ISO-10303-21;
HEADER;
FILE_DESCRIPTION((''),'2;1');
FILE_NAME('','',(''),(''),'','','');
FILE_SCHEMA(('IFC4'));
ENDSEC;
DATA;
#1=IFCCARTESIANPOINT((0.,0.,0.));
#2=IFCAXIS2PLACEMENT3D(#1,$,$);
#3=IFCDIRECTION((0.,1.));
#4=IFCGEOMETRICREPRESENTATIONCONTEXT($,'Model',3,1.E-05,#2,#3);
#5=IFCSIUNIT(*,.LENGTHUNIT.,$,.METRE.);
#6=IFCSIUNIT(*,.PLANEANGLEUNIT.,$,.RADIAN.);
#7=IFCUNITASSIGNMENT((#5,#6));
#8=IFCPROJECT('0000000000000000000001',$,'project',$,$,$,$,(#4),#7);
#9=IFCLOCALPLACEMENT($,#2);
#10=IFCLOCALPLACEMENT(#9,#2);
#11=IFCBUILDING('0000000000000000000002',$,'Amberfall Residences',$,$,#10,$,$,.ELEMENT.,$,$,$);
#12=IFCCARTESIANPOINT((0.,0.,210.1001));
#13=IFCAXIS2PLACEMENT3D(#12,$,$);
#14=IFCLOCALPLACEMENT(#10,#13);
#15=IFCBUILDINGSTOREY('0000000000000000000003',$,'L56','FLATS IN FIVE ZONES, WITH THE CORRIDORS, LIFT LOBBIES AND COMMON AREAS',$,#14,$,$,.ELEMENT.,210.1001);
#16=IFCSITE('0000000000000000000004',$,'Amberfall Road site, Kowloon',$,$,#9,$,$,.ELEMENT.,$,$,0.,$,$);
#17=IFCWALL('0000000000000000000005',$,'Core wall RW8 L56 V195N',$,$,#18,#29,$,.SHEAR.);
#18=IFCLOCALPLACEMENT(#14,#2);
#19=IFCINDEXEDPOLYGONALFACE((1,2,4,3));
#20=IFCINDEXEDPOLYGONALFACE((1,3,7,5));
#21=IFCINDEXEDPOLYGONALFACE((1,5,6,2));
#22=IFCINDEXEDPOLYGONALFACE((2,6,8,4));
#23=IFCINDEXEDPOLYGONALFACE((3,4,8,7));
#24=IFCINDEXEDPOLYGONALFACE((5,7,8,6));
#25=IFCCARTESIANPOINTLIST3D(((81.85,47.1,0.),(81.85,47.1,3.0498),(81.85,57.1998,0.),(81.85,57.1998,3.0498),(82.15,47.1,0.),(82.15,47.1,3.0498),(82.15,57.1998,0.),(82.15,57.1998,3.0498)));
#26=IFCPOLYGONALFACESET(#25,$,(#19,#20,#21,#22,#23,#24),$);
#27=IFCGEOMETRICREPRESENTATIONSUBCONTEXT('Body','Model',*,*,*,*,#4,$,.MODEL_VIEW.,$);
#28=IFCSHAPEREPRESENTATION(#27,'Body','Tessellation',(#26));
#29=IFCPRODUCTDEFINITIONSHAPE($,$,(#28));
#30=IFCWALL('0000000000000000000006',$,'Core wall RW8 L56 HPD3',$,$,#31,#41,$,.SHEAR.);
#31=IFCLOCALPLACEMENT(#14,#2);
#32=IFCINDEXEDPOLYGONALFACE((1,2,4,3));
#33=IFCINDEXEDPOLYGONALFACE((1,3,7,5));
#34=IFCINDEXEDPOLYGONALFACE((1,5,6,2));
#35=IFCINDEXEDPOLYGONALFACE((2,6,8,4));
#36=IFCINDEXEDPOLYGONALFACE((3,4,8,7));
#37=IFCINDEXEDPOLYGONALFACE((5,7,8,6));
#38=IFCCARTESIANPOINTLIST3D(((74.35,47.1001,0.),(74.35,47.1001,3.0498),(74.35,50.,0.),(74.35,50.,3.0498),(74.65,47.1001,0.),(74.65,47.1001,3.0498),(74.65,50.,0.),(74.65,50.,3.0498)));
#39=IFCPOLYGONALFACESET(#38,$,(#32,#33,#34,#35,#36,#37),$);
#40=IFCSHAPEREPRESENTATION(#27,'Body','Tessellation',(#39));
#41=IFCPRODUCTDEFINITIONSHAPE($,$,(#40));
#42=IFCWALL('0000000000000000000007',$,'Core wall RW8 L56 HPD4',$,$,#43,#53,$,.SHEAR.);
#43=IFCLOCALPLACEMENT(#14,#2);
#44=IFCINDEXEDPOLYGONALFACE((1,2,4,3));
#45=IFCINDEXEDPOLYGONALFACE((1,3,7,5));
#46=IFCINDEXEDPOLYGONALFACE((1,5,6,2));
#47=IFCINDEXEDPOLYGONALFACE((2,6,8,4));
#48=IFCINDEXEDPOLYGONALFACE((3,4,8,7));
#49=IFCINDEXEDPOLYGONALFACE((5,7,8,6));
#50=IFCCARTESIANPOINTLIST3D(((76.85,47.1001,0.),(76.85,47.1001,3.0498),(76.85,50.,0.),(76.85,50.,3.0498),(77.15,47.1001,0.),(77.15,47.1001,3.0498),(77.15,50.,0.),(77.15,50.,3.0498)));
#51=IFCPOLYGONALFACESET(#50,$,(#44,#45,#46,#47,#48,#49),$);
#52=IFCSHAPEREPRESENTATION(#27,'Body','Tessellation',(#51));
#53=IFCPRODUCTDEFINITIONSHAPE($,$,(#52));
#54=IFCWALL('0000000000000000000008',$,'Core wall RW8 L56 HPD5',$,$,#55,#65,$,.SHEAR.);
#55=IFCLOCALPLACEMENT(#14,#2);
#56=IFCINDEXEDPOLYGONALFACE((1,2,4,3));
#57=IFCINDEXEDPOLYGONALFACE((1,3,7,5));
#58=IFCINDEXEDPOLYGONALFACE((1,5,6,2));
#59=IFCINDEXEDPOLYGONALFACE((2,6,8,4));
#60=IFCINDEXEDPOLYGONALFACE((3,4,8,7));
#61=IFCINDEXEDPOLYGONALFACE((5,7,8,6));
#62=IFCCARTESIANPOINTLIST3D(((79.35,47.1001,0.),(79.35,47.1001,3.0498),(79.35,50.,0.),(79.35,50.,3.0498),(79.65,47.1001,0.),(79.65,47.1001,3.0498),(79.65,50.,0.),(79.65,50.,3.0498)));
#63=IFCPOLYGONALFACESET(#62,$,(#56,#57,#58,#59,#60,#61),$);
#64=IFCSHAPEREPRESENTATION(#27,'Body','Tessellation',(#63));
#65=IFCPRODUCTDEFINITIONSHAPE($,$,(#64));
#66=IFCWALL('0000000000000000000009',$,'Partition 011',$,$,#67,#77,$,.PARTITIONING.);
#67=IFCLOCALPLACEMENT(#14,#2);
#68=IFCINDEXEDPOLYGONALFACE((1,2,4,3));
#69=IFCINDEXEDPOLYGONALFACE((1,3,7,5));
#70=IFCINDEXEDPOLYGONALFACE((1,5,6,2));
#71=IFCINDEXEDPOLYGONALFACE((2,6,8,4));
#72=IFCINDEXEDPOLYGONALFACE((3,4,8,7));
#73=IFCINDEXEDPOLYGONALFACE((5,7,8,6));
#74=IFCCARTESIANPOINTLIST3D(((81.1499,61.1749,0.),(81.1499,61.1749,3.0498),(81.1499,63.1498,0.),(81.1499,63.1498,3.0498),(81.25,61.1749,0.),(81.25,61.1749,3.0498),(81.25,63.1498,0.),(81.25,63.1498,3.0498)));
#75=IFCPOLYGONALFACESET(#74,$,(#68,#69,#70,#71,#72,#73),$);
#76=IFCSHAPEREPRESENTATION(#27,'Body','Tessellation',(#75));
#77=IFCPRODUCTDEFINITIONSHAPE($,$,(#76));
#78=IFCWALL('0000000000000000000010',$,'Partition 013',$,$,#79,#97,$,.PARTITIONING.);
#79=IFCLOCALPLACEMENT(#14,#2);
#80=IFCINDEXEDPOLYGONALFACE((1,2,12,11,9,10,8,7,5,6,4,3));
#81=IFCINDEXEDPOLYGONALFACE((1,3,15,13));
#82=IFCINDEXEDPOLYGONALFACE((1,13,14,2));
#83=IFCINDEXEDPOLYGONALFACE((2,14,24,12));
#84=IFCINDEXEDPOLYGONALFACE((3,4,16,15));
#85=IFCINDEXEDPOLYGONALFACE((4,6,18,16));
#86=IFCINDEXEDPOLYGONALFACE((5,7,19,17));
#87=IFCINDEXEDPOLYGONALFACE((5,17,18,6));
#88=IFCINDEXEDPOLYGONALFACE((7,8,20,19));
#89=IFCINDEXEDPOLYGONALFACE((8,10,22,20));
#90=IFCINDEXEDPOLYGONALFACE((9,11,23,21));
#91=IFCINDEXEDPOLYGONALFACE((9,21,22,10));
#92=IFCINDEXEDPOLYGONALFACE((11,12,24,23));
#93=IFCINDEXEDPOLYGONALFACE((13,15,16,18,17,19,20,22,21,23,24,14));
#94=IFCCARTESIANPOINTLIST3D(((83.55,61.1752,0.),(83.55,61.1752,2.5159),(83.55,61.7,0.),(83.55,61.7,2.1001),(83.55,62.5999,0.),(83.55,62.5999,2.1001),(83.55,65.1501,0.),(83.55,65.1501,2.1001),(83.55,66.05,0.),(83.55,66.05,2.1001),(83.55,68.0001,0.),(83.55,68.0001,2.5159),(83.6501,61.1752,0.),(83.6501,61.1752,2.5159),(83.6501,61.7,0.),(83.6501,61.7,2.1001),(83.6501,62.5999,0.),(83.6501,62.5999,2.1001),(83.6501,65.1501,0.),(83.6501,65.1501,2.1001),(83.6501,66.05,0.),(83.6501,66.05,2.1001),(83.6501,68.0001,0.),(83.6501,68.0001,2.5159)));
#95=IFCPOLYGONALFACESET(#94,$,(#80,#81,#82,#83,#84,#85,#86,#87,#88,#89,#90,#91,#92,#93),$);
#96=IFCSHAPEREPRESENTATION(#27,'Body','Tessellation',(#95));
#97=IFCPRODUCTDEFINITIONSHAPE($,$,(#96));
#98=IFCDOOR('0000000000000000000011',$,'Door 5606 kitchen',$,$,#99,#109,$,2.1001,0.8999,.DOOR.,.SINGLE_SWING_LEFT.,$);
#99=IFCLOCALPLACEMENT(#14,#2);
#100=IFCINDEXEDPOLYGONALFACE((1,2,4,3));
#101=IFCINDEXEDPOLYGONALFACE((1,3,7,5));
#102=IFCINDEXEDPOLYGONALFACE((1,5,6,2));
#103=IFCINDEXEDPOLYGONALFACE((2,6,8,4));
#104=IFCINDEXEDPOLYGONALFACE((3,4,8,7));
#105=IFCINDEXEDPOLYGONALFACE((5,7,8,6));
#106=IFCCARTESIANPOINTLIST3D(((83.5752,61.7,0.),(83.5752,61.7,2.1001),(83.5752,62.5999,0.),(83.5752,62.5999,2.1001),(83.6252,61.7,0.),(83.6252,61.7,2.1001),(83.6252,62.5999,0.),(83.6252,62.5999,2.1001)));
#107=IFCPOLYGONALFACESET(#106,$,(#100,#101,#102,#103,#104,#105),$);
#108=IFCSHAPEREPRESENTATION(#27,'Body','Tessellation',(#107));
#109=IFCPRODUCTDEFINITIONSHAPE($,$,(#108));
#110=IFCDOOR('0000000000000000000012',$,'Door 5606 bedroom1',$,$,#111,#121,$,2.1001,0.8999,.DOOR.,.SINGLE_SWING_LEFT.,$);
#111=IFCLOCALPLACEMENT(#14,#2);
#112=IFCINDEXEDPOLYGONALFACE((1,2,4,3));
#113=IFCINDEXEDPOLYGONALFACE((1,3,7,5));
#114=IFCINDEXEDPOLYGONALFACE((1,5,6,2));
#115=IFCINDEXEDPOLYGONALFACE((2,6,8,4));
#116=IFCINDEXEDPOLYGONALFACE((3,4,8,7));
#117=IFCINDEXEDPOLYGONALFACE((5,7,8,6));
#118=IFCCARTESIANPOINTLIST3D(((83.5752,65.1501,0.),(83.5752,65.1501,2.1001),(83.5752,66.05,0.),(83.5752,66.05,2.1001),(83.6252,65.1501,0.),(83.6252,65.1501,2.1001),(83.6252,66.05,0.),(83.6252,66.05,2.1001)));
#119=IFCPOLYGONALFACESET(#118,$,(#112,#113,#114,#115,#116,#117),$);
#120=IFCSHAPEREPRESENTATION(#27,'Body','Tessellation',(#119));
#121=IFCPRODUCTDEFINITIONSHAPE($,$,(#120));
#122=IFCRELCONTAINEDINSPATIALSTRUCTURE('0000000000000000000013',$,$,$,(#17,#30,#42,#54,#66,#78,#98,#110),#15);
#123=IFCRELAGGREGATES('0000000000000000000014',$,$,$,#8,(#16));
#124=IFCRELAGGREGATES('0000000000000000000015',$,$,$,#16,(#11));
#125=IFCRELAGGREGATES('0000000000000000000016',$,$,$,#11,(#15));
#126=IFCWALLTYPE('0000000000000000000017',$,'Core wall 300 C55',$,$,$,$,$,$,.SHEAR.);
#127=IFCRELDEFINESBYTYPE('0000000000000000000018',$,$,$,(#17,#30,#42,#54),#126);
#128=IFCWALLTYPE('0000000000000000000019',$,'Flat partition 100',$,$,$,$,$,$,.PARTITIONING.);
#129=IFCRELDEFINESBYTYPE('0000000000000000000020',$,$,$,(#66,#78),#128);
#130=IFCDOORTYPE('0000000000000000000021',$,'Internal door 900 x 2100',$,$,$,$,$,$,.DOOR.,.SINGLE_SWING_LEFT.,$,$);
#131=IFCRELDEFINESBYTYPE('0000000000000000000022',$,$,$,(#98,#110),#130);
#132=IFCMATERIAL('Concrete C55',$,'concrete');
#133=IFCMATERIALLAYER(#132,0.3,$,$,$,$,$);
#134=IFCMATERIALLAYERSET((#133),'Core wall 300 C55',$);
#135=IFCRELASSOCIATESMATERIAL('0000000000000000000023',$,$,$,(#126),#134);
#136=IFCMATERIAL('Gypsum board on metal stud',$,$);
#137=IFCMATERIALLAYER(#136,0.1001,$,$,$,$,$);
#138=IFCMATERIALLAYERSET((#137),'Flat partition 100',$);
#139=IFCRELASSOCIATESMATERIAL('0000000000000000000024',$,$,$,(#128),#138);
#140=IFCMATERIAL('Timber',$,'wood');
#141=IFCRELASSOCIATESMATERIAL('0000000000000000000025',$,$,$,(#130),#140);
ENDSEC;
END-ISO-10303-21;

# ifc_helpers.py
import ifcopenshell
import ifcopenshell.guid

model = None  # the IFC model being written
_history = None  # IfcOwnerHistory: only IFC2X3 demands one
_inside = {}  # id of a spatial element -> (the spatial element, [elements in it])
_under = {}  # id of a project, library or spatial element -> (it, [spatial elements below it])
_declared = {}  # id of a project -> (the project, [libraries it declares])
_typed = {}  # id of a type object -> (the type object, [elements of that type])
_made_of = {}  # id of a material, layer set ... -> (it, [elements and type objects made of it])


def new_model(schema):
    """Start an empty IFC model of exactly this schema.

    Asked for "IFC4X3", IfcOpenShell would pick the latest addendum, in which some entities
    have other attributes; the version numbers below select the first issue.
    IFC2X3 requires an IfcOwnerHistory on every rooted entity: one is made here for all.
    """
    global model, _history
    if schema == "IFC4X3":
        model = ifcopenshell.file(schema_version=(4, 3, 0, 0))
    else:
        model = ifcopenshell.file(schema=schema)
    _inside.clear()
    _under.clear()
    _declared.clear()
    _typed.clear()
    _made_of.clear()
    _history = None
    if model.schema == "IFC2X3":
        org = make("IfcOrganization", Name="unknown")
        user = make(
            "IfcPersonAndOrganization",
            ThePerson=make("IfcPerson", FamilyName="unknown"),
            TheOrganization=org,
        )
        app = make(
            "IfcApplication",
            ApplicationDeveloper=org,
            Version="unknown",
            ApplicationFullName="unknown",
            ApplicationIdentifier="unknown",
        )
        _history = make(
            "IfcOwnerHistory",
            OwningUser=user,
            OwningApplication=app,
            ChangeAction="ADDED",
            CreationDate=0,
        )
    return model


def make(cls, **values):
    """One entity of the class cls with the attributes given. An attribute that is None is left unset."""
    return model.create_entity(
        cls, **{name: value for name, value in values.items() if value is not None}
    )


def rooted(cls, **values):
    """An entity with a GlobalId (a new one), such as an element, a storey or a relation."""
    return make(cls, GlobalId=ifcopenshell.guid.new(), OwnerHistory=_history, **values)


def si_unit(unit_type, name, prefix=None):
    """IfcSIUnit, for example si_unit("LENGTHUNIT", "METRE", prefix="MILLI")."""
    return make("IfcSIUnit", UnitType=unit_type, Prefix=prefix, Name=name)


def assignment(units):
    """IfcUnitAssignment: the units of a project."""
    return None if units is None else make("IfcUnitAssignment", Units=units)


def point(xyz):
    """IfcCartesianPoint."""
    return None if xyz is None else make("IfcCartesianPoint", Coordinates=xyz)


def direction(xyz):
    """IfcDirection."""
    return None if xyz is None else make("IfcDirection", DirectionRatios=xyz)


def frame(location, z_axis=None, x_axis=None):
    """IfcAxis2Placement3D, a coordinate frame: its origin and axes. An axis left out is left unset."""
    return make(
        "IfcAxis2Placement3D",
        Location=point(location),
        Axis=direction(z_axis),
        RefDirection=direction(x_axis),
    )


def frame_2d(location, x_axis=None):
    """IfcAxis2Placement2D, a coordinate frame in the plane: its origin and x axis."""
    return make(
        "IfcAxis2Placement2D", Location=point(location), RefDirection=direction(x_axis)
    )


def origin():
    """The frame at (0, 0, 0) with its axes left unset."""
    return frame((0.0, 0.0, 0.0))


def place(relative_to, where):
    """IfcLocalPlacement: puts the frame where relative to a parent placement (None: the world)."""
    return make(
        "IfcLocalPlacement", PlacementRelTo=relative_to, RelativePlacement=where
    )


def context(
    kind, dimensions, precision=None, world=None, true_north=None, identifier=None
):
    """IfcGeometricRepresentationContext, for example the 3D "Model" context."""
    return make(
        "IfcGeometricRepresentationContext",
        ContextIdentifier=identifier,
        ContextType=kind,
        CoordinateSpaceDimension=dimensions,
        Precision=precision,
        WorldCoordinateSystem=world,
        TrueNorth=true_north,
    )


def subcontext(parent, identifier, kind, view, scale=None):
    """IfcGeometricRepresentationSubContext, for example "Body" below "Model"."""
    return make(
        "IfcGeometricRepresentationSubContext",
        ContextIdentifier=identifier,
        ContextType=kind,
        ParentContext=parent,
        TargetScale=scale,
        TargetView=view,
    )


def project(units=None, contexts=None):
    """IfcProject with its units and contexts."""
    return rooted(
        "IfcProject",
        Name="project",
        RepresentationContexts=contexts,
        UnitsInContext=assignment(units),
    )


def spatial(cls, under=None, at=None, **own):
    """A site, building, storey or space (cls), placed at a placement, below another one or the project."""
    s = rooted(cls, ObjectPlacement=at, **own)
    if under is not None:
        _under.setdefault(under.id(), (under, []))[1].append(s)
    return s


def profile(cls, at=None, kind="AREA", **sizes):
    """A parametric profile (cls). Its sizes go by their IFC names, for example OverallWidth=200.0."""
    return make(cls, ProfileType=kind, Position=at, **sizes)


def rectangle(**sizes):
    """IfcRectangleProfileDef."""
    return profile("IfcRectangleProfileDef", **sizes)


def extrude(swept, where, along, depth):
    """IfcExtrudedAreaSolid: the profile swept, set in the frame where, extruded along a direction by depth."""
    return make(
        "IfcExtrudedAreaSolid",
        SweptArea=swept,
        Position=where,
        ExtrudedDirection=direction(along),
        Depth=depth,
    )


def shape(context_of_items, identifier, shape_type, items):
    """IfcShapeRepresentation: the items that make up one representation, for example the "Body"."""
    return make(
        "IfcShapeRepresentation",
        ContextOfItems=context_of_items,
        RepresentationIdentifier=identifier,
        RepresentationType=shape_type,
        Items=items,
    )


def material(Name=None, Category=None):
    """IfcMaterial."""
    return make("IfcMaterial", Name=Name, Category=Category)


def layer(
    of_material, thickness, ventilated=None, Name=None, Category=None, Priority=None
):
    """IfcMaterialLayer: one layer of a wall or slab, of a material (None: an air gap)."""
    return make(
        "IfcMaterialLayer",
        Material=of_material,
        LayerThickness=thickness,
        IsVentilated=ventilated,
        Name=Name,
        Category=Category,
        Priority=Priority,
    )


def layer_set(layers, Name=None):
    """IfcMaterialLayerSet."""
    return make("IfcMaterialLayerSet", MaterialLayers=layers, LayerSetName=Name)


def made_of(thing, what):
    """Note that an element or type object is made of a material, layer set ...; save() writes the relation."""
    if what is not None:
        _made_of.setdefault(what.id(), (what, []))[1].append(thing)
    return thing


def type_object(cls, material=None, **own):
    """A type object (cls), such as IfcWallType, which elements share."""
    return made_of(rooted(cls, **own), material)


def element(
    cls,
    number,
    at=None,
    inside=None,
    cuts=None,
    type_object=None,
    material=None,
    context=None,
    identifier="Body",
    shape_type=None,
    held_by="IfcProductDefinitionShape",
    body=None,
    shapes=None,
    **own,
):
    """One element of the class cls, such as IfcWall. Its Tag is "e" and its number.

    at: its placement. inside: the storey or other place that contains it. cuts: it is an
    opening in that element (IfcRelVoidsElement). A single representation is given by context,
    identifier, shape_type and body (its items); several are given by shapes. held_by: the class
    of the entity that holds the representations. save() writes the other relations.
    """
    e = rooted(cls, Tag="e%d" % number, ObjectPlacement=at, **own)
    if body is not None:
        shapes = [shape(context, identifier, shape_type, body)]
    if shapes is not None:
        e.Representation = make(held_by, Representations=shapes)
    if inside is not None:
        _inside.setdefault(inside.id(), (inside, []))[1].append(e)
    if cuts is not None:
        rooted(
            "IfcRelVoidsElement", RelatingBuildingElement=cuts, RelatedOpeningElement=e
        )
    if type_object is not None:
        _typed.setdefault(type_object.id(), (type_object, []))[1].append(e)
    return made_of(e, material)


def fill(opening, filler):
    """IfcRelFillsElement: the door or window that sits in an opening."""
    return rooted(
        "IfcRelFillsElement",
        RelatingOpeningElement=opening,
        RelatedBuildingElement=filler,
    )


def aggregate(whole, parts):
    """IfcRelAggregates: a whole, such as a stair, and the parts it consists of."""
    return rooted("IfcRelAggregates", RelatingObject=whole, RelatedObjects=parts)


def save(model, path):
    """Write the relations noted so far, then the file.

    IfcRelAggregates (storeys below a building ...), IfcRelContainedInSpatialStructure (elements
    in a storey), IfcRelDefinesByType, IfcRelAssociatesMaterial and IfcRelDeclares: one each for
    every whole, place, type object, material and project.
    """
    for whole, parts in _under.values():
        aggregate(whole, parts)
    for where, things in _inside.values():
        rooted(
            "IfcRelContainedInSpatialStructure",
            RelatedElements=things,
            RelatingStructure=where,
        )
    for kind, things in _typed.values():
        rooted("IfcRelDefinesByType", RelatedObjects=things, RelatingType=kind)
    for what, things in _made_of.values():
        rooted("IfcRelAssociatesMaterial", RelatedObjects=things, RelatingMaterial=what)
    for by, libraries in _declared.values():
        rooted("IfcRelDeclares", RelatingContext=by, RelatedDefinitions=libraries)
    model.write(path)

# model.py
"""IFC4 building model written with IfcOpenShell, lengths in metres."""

from ifc_helpers import new_model, si_unit, direction, frame, frame_2d, origin, place, context, subcontext, project, spatial, rectangle, extrude, material, layer, layer_set, type_object, element, fill, save


model = new_model("IFC4")

# Units and contexts
model_context = context("Model", 3, precision=1e-05, world=origin(), true_north=direction((0.0, 1.0)))
body_context = subcontext(model_context, "Body", "Model", "MODEL_VIEW")
ifc_project = project(units=[si_unit("LENGTHUNIT", "METRE"), si_unit("PLANEANGLEUNIT", "RADIAN")], contexts=[model_context])

# Site, building, storey
site_placement = place(None, origin())
site = spatial("IfcSite", under=ifc_project, at=site_placement, Name="Amberfall Road site, Kowloon", CompositionType="ELEMENT", RefElevation=0.0)
building_placement = place(site_placement, origin())
building = spatial("IfcBuilding", under=site, at=building_placement, Name="Amberfall Residences", CompositionType="ELEMENT")
storey_placement = place(building_placement, frame((0.0, 0.0, 210.1001)))
storey = spatial("IfcBuildingStorey", under=building, at=storey_placement, Name="L56", Description="FLATS IN FIVE ZONES, WITH THE CORRIDORS, LIFT LOBBIES AND COMMON AREAS", CompositionType="ELEMENT", Elevation=210.1001)

# Walls
ifc_material_1 = material(Name="Concrete C55", Category="concrete")
ifc_layer_1 = layer(ifc_material_1, 0.3)
ifc_layer_set_1 = layer_set([ifc_layer_1], Name="Core wall 300 C55")
wall_type_1 = type_object("IfcWallType", Name="Core wall 300 C55", PredefinedType="SHEAR", material=ifc_layer_set_1)
wall_1_placement = place(storey_placement, frame((82.0, 47.1001, 0.0), z_axis=(0.0, 0.0, 1.0), x_axis=(0.0, 1.0, 0.0)))
element("IfcWall", 1, at=wall_1_placement, inside=storey, type_object=wall_type_1, Name="Core wall RW8 L56 V195N", PredefinedType="SHEAR", context=body_context, shape_type="SweptSolid", body=[
    extrude(rectangle(XDim=10.0999, YDim=0.3, at=frame_2d((5.0498, 0.0))), origin(), (0.0, 0.0, 1.0), 3.0498),
])
for number, where, z_axis, x_axis, name in (
    (2, (74.5, 47.1001, 0.0), (0.0, 0.0, 1.0), (0.0, 1.0, 0.0), "Core wall RW8 L56 HPD3"),
    (3, (77.0, 47.1001, 0.0), (0.0, 0.0, 1.0), (0.0, 1.0, 0.0), "Core wall RW8 L56 HPD4"),
    (4, (79.5, 47.1001, 0.0), (0.0, 0.0, 1.0), (0.0, 1.0, 0.0), "Core wall RW8 L56 HPD5"),
):
    element("IfcWall", number, at=place(storey_placement, frame(where, z_axis=z_axis, x_axis=x_axis)), inside=storey, type_object=wall_type_1, Name=name, PredefinedType="SHEAR", context=body_context, shape_type="SweptSolid", body=[
        extrude(rectangle(XDim=2.8999, YDim=0.3, at=frame_2d((1.45, 0.0))), origin(), (0.0, 0.0, 1.0), 3.0498),
    ])
ifc_material_2 = material(Name="Gypsum board on metal stud")
ifc_layer_2 = layer(ifc_material_2, 0.1001)
ifc_layer_set_2 = layer_set([ifc_layer_2], Name="Flat partition 100")
wall_type_2 = type_object("IfcWallType", Name="Flat partition 100", PredefinedType="PARTITIONING", material=ifc_layer_set_2)
wall_2_placement = place(storey_placement, frame((81.2, 61.175, 0.0), z_axis=(0.0, 0.0, 1.0), x_axis=(0.0, 1.0, 0.0)))
element("IfcWall", 5, at=wall_2_placement, inside=storey, type_object=wall_type_2, Name="Partition 011", PredefinedType="PARTITIONING", context=body_context, shape_type="SweptSolid", body=[
    extrude(rectangle(XDim=1.9749, YDim=0.1001, at=frame_2d((0.9873, 0.0))), origin(), (0.0, 0.0, 1.0), 3.0498),
])

# Wall, openings, doors
wall_3_placement = place(storey_placement, frame((83.6001, 61.175, 0.0), z_axis=(0.0, 0.0, 1.0), x_axis=(0.0, 1.0, 0.0)))
wall_3 = element("IfcWall", 6, at=wall_3_placement, inside=storey, type_object=wall_type_2, Name="Partition 013", PredefinedType="PARTITIONING", context=body_context, shape_type="SweptSolid", body=[
    extrude(rectangle(XDim=6.825, YDim=0.1001, at=frame_2d((3.4126, 0.0))), origin(), (0.0, 0.0, 1.0), 2.5159),
])
opening_1_placement = place(wall_3_placement, frame((0.5249, 0.0, 0.0)))
opening_1 = element("IfcOpeningElement", 7, at=opening_1_placement, cuts=wall_3, PredefinedType="OPENING", context=body_context, shape_type="SweptSolid", body=[
    extrude(rectangle(XDim=0.8999, YDim=2.1001, at=frame_2d((0.45, 1.05))), frame((0.0, 0.0601, 0.0), z_axis=(0.0, -1.0, 0.0), x_axis=(1.0, 0.0, 0.0)), (0.0, 0.0, 1.0), 0.1201),
])
opening_2_placement = place(wall_3_placement, frame((3.9751, 0.0, 0.0)))
opening_2 = element("IfcOpeningElement", 8, at=opening_2_placement, cuts=wall_3, PredefinedType="OPENING", context=body_context, shape_type="SweptSolid", body=[
    extrude(rectangle(XDim=0.8999, YDim=2.1001, at=frame_2d((0.45, 1.05))), frame((0.0, 0.0601, 0.0), z_axis=(0.0, -1.0, 0.0), x_axis=(1.0, 0.0, 0.0)), (0.0, 0.0, 1.0), 0.1201),
])
ifc_material_3 = material(Name="Timber", Category="wood")
door_type_1 = type_object("IfcDoorType", Name="Internal door 900 x 2100", OperationType="SINGLE_SWING_LEFT", PredefinedType="DOOR", material=ifc_material_3)
door_1_placement = place(opening_1_placement, origin())
door_1 = element("IfcDoor", 9, at=door_1_placement, inside=storey, type_object=door_type_1, Name="Door 5606 kitchen", OperationType="SINGLE_SWING_LEFT", OverallHeight=2.1001, OverallWidth=0.8999, PredefinedType="DOOR", context=body_context, shape_type="SweptSolid", body=[
    extrude(rectangle(XDim=0.8999, YDim=2.1001, at=frame_2d((0.45, 1.05))), frame((0.0, 0.0249, 0.0), z_axis=(0.0, -1.0, 0.0), x_axis=(1.0, 0.0, 0.0)), (0.0, 0.0, 1.0), 0.05),
])
fill(opening_1, door_1)
door_2_placement = place(opening_2_placement, origin())
door_2 = element("IfcDoor", 10, at=door_2_placement, inside=storey, type_object=door_type_1, Name="Door 5606 bedroom1", OperationType="SINGLE_SWING_LEFT", OverallHeight=2.1001, OverallWidth=0.8999, PredefinedType="DOOR", context=body_context, shape_type="SweptSolid", body=[
    extrude(rectangle(XDim=0.8999, YDim=2.1001, at=frame_2d((0.45, 1.05))), frame((0.0, 0.0249, 0.0), z_axis=(0.0, -1.0, 0.0), x_axis=(1.0, 0.0, 0.0)), (0.0, 0.0, 1.0), 0.05),
])
fill(opening_2, door_2)

save(model, "model.ifc")
